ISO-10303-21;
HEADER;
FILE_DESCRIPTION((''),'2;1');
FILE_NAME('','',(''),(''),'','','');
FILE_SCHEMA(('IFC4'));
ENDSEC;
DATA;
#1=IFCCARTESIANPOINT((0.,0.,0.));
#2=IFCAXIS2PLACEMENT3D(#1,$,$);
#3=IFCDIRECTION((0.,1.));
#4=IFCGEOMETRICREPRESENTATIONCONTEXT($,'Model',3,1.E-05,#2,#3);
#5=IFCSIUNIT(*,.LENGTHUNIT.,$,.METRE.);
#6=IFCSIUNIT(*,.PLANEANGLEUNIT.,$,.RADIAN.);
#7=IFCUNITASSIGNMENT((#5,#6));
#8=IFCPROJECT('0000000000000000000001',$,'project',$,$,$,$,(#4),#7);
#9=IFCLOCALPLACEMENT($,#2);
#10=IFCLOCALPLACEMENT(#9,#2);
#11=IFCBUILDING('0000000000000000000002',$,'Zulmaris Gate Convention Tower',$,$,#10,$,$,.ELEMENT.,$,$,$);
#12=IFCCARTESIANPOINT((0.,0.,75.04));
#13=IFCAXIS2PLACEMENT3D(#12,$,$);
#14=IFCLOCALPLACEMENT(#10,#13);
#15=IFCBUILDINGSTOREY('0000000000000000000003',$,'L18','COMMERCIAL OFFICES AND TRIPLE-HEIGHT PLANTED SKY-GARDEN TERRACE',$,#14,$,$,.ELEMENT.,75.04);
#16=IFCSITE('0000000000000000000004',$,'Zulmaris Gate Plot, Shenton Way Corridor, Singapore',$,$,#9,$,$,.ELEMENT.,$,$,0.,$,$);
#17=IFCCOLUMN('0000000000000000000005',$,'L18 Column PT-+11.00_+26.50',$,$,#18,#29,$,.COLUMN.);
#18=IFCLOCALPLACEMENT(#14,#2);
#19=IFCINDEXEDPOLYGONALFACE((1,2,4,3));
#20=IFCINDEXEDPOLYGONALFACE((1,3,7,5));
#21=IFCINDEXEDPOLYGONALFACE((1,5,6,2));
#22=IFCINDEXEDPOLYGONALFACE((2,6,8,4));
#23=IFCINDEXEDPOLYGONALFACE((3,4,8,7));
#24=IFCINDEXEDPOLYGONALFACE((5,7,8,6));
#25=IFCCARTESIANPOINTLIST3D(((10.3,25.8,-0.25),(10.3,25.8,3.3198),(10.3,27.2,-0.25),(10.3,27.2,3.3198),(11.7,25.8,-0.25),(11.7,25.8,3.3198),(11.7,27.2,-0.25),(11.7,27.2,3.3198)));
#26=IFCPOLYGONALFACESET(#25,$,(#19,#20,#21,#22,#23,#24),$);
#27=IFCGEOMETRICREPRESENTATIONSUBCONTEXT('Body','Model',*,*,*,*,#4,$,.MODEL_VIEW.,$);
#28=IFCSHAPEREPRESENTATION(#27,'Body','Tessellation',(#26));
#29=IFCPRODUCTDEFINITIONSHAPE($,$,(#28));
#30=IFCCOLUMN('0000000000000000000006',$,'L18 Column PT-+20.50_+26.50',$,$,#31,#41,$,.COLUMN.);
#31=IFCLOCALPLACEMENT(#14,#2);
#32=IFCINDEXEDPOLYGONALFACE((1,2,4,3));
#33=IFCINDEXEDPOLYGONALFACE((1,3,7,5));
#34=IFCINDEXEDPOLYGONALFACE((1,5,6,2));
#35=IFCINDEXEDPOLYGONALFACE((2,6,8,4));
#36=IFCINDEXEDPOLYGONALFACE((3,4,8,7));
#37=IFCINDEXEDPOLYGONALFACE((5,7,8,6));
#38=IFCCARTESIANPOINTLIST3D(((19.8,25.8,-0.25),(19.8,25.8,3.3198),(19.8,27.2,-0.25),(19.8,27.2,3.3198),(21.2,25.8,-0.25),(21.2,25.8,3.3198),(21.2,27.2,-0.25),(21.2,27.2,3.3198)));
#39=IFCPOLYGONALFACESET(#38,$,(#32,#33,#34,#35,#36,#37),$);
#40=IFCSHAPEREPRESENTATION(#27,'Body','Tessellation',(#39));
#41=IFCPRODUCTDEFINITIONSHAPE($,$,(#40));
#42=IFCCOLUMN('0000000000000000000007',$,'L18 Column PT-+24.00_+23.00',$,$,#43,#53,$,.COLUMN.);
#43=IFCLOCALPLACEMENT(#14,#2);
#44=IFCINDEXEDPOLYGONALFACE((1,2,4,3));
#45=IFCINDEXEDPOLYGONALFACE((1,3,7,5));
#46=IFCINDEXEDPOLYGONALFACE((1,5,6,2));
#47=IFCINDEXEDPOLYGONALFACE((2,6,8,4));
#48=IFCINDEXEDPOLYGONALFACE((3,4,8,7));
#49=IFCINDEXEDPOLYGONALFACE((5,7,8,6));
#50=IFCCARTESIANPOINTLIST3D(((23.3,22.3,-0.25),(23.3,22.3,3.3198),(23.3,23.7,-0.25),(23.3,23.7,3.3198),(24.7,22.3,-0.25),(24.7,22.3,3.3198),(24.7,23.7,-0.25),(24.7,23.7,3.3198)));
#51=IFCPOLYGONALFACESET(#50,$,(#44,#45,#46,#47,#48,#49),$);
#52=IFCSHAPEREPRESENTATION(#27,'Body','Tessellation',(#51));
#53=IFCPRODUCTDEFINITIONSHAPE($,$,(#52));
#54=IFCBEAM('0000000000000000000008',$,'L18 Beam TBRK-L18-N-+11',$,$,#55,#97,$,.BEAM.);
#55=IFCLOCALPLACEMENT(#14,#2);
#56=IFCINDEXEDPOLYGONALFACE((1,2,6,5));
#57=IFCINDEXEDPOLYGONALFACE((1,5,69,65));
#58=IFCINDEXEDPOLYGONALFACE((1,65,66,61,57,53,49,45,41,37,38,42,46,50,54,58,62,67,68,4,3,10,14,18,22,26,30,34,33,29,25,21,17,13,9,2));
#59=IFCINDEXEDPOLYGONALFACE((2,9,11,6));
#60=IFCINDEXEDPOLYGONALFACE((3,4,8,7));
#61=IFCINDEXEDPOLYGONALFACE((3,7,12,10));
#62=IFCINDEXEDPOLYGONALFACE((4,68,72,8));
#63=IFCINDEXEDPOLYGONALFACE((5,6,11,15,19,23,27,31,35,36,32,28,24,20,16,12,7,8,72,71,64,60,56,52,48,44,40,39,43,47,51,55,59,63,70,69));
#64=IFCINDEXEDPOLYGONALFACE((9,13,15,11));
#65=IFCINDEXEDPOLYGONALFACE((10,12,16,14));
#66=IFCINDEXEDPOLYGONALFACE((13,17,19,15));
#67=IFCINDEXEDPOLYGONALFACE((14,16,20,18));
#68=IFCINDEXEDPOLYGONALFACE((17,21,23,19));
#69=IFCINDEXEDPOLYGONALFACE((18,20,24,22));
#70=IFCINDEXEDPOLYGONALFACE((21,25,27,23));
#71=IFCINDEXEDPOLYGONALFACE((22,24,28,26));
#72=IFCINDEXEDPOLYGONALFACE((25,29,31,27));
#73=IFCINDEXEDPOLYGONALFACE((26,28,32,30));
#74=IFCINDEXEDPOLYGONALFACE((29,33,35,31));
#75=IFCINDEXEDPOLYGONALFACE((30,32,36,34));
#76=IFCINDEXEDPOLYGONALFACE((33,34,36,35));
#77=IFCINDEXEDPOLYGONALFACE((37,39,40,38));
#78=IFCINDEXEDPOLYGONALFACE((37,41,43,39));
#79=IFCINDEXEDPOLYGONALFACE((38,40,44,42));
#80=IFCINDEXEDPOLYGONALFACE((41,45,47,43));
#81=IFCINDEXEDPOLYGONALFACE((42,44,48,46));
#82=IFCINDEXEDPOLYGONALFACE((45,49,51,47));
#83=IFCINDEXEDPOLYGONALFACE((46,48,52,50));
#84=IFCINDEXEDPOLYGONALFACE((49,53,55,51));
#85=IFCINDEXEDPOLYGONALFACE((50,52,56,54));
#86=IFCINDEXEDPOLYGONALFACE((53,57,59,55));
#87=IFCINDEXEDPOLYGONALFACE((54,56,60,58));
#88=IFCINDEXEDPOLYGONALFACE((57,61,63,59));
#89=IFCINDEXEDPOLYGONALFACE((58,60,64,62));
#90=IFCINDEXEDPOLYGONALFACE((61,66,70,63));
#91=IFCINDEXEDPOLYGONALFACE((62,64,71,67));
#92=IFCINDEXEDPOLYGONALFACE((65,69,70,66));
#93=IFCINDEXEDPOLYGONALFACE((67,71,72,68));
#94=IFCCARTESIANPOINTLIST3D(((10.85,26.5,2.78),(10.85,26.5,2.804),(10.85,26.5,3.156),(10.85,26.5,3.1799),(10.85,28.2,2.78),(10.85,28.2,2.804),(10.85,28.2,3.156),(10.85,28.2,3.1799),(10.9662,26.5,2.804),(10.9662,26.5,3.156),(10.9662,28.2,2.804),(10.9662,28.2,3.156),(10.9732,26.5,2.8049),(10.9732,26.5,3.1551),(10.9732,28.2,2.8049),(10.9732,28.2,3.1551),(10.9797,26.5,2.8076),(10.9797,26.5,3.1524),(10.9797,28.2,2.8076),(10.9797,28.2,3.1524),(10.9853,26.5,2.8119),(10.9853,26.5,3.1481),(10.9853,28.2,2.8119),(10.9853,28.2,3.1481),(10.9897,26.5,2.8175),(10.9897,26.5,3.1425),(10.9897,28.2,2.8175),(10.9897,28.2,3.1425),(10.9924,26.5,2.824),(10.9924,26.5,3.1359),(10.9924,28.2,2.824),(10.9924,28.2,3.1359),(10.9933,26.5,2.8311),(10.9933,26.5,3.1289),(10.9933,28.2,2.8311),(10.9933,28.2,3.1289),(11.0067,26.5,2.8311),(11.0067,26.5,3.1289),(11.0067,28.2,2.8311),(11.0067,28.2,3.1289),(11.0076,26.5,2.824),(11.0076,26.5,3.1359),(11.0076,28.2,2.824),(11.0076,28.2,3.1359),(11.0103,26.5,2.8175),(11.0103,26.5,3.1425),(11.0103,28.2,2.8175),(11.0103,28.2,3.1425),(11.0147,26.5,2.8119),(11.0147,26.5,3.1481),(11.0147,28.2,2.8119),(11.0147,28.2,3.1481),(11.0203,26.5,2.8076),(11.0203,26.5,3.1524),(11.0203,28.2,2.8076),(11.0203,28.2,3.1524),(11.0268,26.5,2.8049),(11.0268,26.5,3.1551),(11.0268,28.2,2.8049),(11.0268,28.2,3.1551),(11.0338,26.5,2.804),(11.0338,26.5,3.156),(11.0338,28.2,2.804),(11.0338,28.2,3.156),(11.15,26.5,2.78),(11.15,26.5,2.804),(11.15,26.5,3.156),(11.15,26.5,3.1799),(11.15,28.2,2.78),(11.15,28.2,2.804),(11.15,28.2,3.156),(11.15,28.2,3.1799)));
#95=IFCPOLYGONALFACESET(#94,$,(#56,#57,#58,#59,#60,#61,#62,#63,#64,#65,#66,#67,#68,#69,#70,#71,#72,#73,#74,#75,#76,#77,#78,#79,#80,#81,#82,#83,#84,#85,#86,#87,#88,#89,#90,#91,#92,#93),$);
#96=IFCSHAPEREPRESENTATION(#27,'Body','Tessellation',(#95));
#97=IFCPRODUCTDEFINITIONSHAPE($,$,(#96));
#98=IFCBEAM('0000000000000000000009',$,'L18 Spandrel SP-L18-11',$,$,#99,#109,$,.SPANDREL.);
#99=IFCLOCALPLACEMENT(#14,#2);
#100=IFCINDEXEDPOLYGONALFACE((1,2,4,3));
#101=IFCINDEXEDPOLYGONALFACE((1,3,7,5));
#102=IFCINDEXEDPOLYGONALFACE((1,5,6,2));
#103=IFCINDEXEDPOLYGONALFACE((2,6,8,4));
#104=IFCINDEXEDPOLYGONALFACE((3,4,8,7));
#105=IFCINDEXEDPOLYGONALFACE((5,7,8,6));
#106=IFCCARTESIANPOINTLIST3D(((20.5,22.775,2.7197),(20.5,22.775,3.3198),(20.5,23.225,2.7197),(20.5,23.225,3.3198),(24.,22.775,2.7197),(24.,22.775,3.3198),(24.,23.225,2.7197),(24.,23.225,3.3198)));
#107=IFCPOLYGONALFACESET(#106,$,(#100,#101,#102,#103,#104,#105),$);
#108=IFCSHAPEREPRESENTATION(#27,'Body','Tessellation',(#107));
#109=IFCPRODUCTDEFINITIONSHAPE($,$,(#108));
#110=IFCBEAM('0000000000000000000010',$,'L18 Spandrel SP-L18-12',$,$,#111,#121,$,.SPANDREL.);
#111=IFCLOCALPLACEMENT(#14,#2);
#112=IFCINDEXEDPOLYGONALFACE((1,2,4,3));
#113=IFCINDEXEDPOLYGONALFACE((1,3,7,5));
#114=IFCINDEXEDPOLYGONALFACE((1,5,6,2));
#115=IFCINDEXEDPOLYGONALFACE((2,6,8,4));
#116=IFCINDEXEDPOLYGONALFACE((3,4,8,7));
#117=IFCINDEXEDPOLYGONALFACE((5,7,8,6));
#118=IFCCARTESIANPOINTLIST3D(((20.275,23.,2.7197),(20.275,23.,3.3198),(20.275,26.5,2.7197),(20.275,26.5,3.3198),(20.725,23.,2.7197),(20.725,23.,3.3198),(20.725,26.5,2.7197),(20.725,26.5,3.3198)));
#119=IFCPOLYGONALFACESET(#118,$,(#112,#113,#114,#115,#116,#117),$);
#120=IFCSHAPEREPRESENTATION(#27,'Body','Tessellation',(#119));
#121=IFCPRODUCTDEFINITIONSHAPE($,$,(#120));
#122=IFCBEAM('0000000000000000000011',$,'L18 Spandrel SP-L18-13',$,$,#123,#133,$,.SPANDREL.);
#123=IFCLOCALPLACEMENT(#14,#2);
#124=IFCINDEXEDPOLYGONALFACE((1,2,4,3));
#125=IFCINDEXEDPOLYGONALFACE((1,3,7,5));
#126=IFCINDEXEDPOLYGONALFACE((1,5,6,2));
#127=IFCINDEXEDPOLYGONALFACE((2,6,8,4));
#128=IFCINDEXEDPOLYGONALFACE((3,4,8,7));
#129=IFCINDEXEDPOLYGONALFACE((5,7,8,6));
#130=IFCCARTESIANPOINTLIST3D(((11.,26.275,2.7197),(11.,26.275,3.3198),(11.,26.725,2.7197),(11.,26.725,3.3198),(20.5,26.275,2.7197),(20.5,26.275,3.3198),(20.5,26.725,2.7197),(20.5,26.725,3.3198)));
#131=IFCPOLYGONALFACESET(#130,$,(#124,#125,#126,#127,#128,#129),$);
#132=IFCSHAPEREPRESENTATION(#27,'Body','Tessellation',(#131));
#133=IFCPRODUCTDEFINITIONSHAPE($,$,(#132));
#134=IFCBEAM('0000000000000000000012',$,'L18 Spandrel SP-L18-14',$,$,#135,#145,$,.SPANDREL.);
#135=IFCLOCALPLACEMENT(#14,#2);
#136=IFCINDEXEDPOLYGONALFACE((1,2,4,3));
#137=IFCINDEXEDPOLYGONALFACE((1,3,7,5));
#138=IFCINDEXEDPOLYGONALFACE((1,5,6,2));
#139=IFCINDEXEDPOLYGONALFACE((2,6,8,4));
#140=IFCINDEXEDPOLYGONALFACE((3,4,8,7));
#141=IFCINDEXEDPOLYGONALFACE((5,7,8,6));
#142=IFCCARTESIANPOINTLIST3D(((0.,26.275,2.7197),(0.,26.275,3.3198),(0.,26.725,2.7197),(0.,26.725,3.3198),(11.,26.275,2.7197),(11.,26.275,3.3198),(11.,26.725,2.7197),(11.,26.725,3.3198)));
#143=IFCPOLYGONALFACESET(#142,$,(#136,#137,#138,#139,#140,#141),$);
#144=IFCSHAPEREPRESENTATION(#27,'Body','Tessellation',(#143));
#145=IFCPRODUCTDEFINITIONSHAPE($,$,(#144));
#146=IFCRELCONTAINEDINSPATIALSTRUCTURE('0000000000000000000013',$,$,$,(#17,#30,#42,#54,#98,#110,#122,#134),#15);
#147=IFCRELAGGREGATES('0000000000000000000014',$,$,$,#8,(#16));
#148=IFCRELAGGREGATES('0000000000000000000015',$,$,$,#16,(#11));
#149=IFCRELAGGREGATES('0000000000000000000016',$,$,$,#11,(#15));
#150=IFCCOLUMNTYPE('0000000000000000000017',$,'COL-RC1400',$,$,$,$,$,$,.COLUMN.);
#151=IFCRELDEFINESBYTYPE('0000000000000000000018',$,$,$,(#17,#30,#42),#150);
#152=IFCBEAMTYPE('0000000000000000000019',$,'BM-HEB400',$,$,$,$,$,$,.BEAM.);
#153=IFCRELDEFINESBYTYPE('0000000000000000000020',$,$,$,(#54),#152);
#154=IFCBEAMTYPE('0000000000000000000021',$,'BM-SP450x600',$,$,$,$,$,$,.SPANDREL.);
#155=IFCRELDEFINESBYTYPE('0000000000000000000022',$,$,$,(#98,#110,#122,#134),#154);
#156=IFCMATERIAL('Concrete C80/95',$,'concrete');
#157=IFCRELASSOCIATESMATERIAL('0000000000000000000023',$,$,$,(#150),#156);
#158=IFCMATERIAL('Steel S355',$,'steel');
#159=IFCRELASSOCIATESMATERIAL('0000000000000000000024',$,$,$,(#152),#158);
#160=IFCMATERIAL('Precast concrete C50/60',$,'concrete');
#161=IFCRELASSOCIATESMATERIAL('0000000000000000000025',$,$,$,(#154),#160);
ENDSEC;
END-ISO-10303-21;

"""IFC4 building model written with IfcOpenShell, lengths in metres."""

from ifc_helpers import new_model, si_unit, direction, frame, origin, origin_2d, place, context, subcontext, project, spatial, rectangle, i_section, extrude, material, material_profile, profile_set, type_object, element, save


model = new_model("IFC4")

# Units and contexts
model_context = context("Model", 3, precision=1e-05, world=origin(), true_north=direction((0.0, 1.0)))
body_context = subcontext(model_context, "Body", "Model", "MODEL_VIEW")
ifc_project = project(units=[si_unit("LENGTHUNIT", "METRE"), si_unit("PLANEANGLEUNIT", "RADIAN")], contexts=[model_context])

# Site, building, storey
site_placement = place(None, origin())
site = spatial("IfcSite", under=ifc_project, at=site_placement, Name="Zulmaris Gate Plot, Shenton Way Corridor, Singapore", CompositionType="ELEMENT", RefElevation=0.0)
building_placement = place(site_placement, origin())
building = spatial("IfcBuilding", under=site, at=building_placement, Name="Zulmaris Gate Convention Tower", CompositionType="ELEMENT")
storey_placement = place(building_placement, frame((0.0, 0.0, 75.04)))
storey = spatial("IfcBuildingStorey", under=building, at=storey_placement, Name="L18", Description="COMMERCIAL OFFICES AND TRIPLE-HEIGHT PLANTED SKY-GARDEN TERRACE", CompositionType="ELEMENT", Elevation=75.04)

# Columns
ifc_material_1 = material(Name="Concrete C80/95", Category="concrete")
ifc_material_profile_1 = material_profile(ifc_material_1, rectangle(XDim=1.3999, YDim=1.3999, at=origin_2d()), Name="RC COL 1400x1400")
ifc_profile_set_1 = profile_set([ifc_material_profile_1], Name="Concrete C80/95")
column_type = type_object("IfcColumnType", Name="COL-RC1400", PredefinedType="COLUMN", material=ifc_profile_set_1)
for number, where, z_axis, x_axis, name in (
    (1, (11.0, 26.5, -0.25), (0.0, 0.0, 1.0), (1.0, 0.0, 0.0), "L18 Column PT-+11.00_+26.50"),
    (2, (20.5, 26.5, -0.25), (0.0, 0.0, 1.0), (1.0, 0.0, 0.0), "L18 Column PT-+20.50_+26.50"),
    (3, (24.0, 23.0, -0.25), (0.0, 0.0, 1.0), (1.0, 0.0, 0.0), "L18 Column PT-+24.00_+23.00"),
):
    element("IfcColumn", number, at=place(storey_placement, frame(where, z_axis=z_axis, x_axis=x_axis)), inside=storey, type_object=column_type, Name=name, PredefinedType="COLUMN", context=body_context, shape_type="SweptSolid", body=[
        extrude(rectangle(XDim=1.3999, YDim=1.3999, at=origin_2d()), origin(), (0.0, 0.0, 1.0), 3.5698),
    ])

# Beams
ifc_material_2 = material(Name="Steel S355", Category="steel")
ifc_material_profile_2 = material_profile(ifc_material_2, i_section(OverallWidth=0.3, OverallDepth=0.3999, WebThickness=0.0134, FlangeThickness=0.0239, FilletRadius=0.0271, at=origin_2d()), Name="HEB 400")
ifc_profile_set_2 = profile_set([ifc_material_profile_2], Name="Steel S355")
beam_type_1 = type_object("IfcBeamType", Name="BM-HEB400", PredefinedType="BEAM", material=ifc_profile_set_2)
beam_1_placement = place(storey_placement, frame((11.0, 26.5, 2.98), z_axis=(0.0, 1.0, 0.0), x_axis=(-1.0, 0.0, 0.0)))
element("IfcBeam", 4, at=beam_1_placement, inside=storey, type_object=beam_type_1, Name="L18 Beam TBRK-L18-N-+11", PredefinedType="BEAM", context=body_context, shape_type="SweptSolid", body=[
    extrude(i_section(OverallWidth=0.3, OverallDepth=0.3999, WebThickness=0.0134, FlangeThickness=0.0239, FilletRadius=0.0271, at=origin_2d()), origin(), (0.0, 0.0, 1.0), 1.7),
])
ifc_material_3 = material(Name="Precast concrete C50/60", Category="concrete")
ifc_material_profile_3 = material_profile(ifc_material_3, rectangle(XDim=0.45, YDim=0.6001, at=origin_2d()), Name="RC SPANDREL 450x600")
ifc_profile_set_3 = profile_set([ifc_material_profile_3], Name="Precast concrete C50/60")
beam_type_2 = type_object("IfcBeamType", Name="BM-SP450x600", PredefinedType="SPANDREL", material=ifc_profile_set_3)
for number, where, z_axis, x_axis, name in (
    (5, (24.0, 23.0, 3.0198), (-1.0, 0.0, 0.0), (0.0, -1.0, 0.0), "L18 Spandrel SP-L18-11"),
    (6, (20.5, 23.0, 3.0198), (0.0, 1.0, 0.0), (-1.0, 0.0, 0.0), "L18 Spandrel SP-L18-12"),
):
    element("IfcBeam", number, at=place(storey_placement, frame(where, z_axis=z_axis, x_axis=x_axis)), inside=storey, type_object=beam_type_2, Name=name, PredefinedType="SPANDREL", context=body_context, shape_type="SweptSolid", body=[
        extrude(rectangle(XDim=0.45, YDim=0.6001, at=origin_2d()), origin(), (0.0, 0.0, 1.0), 3.5),
    ])
beam_2_placement = place(storey_placement, frame((20.5, 26.5, 3.0198), z_axis=(-1.0, 0.0, 0.0), x_axis=(0.0, -1.0, 0.0)))
element("IfcBeam", 7, at=beam_2_placement, inside=storey, type_object=beam_type_2, Name="L18 Spandrel SP-L18-13", PredefinedType="SPANDREL", context=body_context, shape_type="SweptSolid", body=[
    extrude(rectangle(XDim=0.45, YDim=0.6001, at=origin_2d()), origin(), (0.0, 0.0, 1.0), 9.5),
])
beam_3_placement = place(storey_placement, frame((11.0, 26.5, 3.0198), z_axis=(-1.0, 0.0, 0.0), x_axis=(0.0, -1.0, 0.0)))
element("IfcBeam", 8, at=beam_3_placement, inside=storey, type_object=beam_type_2, Name="L18 Spandrel SP-L18-14", PredefinedType="SPANDREL", context=body_context, shape_type="SweptSolid", body=[
    extrude(rectangle(XDim=0.45, YDim=0.6001, at=origin_2d()), origin(), (0.0, 0.0, 1.0), 11.0),
])

save(model, "model.ifc")
